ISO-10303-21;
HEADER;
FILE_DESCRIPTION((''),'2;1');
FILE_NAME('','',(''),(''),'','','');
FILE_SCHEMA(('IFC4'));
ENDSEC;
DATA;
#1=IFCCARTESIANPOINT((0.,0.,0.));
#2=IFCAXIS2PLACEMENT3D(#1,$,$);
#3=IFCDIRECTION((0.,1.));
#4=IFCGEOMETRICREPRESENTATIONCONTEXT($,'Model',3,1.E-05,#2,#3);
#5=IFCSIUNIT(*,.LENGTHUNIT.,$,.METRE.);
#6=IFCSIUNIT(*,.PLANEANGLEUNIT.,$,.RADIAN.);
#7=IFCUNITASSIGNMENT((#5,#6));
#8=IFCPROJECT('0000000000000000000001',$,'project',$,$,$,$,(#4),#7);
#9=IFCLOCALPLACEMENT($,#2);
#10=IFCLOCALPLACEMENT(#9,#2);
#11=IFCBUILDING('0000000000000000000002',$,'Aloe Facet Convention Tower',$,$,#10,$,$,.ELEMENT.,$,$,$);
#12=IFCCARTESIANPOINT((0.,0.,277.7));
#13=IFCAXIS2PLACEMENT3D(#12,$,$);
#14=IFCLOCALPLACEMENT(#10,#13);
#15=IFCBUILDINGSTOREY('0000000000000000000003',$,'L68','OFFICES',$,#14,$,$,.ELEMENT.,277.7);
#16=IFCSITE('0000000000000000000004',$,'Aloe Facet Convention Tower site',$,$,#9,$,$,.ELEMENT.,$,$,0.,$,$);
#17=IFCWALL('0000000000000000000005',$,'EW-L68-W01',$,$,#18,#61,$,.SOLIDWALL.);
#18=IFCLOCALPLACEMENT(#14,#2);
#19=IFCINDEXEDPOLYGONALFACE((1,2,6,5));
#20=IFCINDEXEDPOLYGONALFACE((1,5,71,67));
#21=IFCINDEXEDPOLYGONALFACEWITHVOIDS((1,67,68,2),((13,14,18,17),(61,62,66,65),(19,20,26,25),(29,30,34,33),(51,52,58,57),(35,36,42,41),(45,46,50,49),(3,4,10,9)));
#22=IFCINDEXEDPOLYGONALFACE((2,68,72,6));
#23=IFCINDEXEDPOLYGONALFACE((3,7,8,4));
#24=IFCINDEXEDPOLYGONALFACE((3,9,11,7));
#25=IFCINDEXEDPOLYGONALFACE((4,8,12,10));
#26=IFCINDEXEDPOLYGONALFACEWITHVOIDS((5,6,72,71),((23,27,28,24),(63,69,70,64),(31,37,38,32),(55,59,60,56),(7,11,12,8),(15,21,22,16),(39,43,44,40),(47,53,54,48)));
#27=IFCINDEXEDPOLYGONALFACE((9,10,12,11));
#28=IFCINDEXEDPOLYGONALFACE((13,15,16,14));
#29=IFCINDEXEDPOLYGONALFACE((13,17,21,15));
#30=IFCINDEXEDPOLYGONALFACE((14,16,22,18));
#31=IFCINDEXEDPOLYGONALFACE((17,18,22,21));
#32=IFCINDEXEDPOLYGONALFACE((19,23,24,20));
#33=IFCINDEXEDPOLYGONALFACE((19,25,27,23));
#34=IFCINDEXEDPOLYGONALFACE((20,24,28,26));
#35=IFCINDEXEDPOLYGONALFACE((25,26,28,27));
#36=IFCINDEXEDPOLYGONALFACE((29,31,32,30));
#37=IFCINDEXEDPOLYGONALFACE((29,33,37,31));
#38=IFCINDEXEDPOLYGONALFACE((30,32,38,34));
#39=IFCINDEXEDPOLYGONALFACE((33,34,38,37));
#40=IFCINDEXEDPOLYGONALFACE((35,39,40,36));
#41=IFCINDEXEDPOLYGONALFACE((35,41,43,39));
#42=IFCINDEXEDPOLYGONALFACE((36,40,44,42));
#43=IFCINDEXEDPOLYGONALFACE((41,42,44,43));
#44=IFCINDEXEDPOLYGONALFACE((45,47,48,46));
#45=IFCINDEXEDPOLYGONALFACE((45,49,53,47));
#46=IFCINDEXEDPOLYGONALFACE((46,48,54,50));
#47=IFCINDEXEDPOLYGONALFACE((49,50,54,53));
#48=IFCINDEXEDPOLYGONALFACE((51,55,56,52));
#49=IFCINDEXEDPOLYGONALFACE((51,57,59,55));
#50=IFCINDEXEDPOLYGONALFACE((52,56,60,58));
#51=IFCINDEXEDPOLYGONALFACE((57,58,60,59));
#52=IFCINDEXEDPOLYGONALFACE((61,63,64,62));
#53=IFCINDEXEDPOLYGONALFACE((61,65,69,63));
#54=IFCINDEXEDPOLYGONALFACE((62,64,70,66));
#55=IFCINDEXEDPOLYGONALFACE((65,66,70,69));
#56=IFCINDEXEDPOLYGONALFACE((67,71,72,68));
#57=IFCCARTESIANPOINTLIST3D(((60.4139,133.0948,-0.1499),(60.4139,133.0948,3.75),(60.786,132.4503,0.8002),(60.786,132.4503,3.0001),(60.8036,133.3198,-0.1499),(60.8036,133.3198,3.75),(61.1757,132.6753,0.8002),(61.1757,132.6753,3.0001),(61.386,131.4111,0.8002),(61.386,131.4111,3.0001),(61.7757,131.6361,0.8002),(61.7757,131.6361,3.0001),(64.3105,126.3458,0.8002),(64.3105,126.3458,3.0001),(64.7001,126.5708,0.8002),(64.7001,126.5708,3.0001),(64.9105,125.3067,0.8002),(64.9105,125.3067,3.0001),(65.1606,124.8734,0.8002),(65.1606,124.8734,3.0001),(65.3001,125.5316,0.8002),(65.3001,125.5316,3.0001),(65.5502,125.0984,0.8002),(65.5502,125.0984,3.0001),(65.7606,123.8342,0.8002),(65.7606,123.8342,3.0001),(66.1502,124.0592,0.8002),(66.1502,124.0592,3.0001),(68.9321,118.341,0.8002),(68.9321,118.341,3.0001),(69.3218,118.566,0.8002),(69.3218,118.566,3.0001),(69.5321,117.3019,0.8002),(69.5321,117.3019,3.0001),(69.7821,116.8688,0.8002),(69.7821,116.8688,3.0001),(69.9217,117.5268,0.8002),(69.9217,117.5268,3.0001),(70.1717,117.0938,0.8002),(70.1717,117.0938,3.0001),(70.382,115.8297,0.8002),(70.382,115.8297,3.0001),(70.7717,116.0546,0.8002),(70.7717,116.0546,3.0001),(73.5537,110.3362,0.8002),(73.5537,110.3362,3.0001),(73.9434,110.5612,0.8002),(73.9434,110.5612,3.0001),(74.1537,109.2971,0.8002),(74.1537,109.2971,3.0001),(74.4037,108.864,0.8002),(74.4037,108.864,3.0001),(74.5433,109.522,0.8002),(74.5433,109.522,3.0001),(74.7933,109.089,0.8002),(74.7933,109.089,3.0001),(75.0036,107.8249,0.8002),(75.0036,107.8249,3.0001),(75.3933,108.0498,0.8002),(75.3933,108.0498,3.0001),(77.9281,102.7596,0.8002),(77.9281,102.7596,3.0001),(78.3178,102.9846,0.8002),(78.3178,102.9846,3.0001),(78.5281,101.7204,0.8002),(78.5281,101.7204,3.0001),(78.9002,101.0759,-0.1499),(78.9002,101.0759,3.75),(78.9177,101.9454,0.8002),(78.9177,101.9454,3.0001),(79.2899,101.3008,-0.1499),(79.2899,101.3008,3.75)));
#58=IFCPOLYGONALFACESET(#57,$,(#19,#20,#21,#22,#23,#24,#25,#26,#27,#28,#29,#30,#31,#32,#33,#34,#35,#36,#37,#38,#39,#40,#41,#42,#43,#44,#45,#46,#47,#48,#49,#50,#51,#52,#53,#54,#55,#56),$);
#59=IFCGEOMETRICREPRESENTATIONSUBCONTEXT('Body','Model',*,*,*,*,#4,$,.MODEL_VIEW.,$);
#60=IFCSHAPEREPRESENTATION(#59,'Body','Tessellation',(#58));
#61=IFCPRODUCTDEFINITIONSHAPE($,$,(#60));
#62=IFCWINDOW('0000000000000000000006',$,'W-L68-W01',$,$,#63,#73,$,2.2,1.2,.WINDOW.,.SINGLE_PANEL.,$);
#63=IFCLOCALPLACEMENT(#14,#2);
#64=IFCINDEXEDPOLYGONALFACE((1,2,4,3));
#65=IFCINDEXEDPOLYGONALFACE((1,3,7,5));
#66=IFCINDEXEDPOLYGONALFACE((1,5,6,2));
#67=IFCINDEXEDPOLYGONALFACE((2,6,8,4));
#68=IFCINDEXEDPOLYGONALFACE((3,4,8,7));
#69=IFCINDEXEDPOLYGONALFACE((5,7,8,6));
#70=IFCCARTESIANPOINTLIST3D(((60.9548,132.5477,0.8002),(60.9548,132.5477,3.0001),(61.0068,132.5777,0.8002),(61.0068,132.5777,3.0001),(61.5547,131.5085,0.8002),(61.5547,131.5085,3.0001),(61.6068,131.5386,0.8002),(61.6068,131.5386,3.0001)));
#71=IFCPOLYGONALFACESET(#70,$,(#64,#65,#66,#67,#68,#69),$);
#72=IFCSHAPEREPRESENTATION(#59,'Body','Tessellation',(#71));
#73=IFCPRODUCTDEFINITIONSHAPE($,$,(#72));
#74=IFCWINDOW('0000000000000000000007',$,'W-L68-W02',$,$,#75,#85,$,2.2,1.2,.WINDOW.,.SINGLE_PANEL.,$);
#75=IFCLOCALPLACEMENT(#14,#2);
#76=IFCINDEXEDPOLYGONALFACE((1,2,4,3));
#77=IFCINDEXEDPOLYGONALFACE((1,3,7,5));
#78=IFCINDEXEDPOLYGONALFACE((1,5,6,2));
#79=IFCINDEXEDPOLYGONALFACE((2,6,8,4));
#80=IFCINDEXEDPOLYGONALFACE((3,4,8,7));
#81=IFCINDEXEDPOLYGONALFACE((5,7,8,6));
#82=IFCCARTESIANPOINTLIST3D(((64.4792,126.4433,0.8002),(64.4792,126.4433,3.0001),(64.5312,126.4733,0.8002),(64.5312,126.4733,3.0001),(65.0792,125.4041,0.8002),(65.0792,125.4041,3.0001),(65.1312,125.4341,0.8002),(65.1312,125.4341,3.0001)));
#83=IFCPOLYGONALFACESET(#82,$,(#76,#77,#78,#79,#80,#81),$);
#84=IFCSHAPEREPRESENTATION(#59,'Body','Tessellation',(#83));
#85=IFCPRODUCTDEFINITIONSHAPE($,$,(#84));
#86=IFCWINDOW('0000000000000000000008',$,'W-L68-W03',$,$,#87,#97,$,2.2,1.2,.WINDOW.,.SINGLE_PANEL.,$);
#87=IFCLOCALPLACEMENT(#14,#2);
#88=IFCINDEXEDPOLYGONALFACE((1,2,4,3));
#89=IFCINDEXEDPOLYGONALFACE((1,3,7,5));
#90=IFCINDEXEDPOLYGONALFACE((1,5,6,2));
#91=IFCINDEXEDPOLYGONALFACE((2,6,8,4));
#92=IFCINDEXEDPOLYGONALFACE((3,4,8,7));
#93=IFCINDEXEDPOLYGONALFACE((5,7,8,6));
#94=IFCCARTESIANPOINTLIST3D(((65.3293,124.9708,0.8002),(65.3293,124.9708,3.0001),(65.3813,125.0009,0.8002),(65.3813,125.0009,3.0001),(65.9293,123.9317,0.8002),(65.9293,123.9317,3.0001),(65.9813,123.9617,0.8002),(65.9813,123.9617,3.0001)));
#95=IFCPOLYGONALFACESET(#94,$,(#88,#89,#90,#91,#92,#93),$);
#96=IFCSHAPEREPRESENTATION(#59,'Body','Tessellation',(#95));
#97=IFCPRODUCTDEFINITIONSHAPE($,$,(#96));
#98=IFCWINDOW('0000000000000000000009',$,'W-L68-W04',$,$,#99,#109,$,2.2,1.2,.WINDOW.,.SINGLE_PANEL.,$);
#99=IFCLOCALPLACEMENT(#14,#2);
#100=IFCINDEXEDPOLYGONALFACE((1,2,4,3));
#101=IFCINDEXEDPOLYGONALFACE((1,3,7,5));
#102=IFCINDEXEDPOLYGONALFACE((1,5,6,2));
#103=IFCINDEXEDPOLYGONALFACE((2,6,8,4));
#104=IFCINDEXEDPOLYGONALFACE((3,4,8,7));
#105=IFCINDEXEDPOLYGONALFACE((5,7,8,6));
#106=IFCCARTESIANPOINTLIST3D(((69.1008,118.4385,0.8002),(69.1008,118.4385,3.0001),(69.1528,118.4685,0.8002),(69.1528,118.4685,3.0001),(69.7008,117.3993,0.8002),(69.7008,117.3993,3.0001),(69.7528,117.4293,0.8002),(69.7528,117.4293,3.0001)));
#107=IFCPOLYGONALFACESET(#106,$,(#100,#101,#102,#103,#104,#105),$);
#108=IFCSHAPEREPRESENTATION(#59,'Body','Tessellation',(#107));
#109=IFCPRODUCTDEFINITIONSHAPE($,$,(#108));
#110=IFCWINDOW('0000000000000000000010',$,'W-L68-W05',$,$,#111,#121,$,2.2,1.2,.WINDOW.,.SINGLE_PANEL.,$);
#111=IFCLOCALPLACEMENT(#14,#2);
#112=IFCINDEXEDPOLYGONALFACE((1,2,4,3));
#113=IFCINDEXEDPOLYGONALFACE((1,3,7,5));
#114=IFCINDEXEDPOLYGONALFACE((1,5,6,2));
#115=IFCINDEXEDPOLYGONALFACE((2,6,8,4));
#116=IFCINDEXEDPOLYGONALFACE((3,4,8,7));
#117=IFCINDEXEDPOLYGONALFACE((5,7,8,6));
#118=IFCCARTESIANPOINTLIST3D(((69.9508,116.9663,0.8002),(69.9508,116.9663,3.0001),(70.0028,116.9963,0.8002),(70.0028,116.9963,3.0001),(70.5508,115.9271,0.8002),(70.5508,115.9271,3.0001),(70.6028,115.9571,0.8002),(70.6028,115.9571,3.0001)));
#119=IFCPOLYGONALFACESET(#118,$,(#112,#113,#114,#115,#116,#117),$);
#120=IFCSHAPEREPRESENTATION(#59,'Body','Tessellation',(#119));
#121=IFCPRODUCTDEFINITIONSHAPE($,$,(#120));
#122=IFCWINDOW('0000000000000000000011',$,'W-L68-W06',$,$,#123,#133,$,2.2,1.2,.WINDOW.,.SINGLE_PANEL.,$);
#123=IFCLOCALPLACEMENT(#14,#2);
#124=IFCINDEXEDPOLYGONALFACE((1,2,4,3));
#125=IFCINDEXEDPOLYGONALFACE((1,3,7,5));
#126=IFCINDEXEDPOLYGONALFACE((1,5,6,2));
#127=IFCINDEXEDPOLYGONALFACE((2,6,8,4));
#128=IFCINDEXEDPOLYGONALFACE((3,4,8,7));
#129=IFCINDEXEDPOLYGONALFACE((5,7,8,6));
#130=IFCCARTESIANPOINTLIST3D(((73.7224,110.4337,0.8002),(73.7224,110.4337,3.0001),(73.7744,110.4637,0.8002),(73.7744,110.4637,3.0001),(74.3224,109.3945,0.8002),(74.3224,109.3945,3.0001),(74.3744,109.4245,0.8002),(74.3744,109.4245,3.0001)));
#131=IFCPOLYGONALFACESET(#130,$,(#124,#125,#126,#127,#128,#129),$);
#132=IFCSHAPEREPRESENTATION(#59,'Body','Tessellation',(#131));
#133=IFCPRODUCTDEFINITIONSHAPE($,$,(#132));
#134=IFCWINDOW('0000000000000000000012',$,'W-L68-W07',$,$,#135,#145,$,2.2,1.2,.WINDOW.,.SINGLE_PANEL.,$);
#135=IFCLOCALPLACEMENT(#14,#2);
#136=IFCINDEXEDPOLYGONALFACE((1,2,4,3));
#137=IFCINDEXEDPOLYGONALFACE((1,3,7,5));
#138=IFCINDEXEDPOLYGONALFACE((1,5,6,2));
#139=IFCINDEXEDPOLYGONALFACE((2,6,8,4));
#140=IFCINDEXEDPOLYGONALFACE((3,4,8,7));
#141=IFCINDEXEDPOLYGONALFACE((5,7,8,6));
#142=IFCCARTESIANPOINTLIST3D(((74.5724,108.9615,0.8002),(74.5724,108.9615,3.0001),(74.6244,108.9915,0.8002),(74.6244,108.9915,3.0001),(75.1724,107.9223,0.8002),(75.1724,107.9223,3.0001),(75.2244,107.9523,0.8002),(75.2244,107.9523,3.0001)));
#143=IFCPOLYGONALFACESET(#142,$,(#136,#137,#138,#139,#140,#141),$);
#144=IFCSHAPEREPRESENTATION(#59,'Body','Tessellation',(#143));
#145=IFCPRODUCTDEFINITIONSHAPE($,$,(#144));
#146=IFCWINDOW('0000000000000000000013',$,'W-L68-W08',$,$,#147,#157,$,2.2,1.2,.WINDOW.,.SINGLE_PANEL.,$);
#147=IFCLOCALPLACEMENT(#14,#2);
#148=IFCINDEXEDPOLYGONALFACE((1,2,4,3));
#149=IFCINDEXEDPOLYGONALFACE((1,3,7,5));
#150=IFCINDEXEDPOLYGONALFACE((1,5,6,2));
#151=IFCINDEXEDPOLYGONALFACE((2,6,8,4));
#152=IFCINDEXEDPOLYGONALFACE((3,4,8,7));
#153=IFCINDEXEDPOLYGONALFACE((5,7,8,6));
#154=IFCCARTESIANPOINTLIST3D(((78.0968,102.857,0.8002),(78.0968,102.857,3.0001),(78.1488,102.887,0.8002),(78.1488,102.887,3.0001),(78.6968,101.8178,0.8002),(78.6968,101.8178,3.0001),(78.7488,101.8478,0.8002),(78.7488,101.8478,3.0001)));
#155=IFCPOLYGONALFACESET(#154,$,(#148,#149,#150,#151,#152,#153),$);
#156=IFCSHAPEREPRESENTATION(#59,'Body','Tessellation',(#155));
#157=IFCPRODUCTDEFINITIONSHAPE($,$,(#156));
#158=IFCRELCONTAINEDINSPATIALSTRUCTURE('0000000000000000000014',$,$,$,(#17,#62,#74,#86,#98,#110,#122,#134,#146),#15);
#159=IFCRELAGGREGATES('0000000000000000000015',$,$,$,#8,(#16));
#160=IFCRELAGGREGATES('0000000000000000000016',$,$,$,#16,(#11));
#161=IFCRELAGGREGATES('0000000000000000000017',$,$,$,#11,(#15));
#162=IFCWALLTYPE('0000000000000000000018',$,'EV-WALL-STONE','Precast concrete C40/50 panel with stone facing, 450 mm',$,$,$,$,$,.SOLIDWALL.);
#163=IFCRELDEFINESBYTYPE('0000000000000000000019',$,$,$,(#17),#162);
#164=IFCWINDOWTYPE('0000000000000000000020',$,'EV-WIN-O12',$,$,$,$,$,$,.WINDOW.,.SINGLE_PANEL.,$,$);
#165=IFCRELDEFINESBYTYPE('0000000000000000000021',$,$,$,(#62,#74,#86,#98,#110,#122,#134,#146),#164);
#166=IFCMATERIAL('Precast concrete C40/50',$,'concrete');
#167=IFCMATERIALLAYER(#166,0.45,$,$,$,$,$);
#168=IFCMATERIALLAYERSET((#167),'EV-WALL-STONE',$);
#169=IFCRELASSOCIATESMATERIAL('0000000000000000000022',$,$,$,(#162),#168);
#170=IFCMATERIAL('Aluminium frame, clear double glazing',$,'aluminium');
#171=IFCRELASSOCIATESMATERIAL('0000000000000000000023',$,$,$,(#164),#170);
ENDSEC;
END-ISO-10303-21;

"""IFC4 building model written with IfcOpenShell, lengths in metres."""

from ifc_helpers import new_model, si_unit, direction, frame, frame_2d, origin, place, context, subcontext, project, spatial, polyline, rectangle, outline, extrude, material, layer, layer_set, type_object, element, fill, save


model = new_model("IFC4")

# Units and contexts
model_context = context("Model", 3, precision=1e-05, world=origin(), true_north=direction((0.0, 1.0)))
body_context = subcontext(model_context, "Body", "Model", "MODEL_VIEW")
ifc_project = project(units=[si_unit("LENGTHUNIT", "METRE"), si_unit("PLANEANGLEUNIT", "RADIAN")], contexts=[model_context])

# Site, building, storey
site_placement = place(None, origin())
site = spatial("IfcSite", under=ifc_project, at=site_placement, Name="Aloe Facet Convention Tower site", CompositionType="ELEMENT", RefElevation=0.0)
building_placement = place(site_placement, origin())
building = spatial("IfcBuilding", under=site, at=building_placement, Name="Aloe Facet Convention Tower", CompositionType="ELEMENT")
storey_placement = place(building_placement, frame((0.0, 0.0, 277.7)))
storey = spatial("IfcBuildingStorey", under=building, at=storey_placement, Name="L68", Description="OFFICES", CompositionType="ELEMENT", Elevation=277.7)

# Wall, openings, windows
ifc_material_1 = material(Name="Precast concrete C40/50", Category="concrete")
ifc_layer_1 = layer(ifc_material_1, 0.45)
ifc_layer_set_1 = layer_set([ifc_layer_1], Name="EV-WALL-STONE")
wall_type_1 = type_object("IfcWallType", Name="EV-WALL-STONE", Description="Precast concrete C40/50 panel with stone facing, 450 mm", PredefinedType="SOLIDWALL", material=ifc_layer_set_1)
wall_1_placement = place(storey_placement, frame((60.6086, 133.2073, -0.1499), z_axis=(0.0, 0.0, 1.0), x_axis=(0.500003, -0.866024, 0.0)))
wall_1 = element("IfcWall", 1, at=wall_1_placement, inside=storey, type_object=wall_type_1, Name="EW-L68-W01", PredefinedType="SOLIDWALL", context=body_context, shape_type="SweptSolid", body=[
    extrude(outline(polyline([(36.9724, 0.0), (36.9724, 3.8999), (0.0, 3.8999), (0.0, 0.0), (36.9724, 0.0)])), frame((0.0, 0.2251, 0.0), z_axis=(0.0, -1.0, 0.0), x_axis=(1.0, 0.0, 0.0)), (0.0, 0.0, 1.0), 0.45),
])
opening_1_placement = place(wall_1_placement, frame((0.7441, 0.0, 0.95)))
opening_1 = element("IfcOpeningElement", 2, at=opening_1_placement, cuts=wall_1, PredefinedType="OPENING", context=body_context, shape_type="SweptSolid", body=[
    extrude(rectangle(XDim=1.2, YDim=2.2, at=frame_2d((0.6001, 1.1001))), frame((0.0, 0.2349, 0.0), z_axis=(0.0, -1.0, 0.0), x_axis=(1.0, 0.0, 0.0)), (0.0, 0.0, 1.0), 0.47),
])
opening_2_placement = place(wall_1_placement, frame((7.793, 0.0, 0.95)))
opening_2 = element("IfcOpeningElement", 3, at=opening_2_placement, cuts=wall_1, PredefinedType="OPENING", context=body_context, shape_type="SweptSolid", body=[
    extrude(rectangle(XDim=1.2, YDim=2.2, at=frame_2d((0.6001, 1.1001))), frame((0.0, 0.2349, 0.0), z_axis=(0.0, -1.0, 0.0), x_axis=(1.0, 0.0, 0.0)), (0.0, 0.0, 1.0), 0.47),
])
opening_3_placement = place(wall_1_placement, frame((9.4932, 0.0, 0.95)))
opening_3 = element("IfcOpeningElement", 4, at=opening_3_placement, cuts=wall_1, PredefinedType="OPENING", context=body_context, shape_type="SweptSolid", body=[
    extrude(rectangle(XDim=1.2, YDim=2.2, at=frame_2d((0.6001, 1.1001))), frame((0.0, 0.2349, 0.0), z_axis=(0.0, -1.0, 0.0), x_axis=(1.0, 0.0, 0.0)), (0.0, 0.0, 1.0), 0.47),
])
opening_4_placement = place(wall_1_placement, frame((17.0361, 0.0, 0.95)))
opening_4 = element("IfcOpeningElement", 5, at=opening_4_placement, cuts=wall_1, PredefinedType="OPENING", context=body_context, shape_type="SweptSolid", body=[
    extrude(rectangle(XDim=1.2, YDim=2.2, at=frame_2d((0.6001, 1.1001))), frame((0.0, 0.2349, 0.0), z_axis=(0.0, -1.0, 0.0), x_axis=(1.0, 0.0, 0.0)), (0.0, 0.0, 1.0), 0.47),
])
opening_5_placement = place(wall_1_placement, frame((18.7361, 0.0, 0.95)))
opening_5 = element("IfcOpeningElement", 6, at=opening_5_placement, cuts=wall_1, PredefinedType="OPENING", context=body_context, shape_type="SweptSolid", body=[
    extrude(rectangle(XDim=1.2, YDim=2.2, at=frame_2d((0.6001, 1.1001))), frame((0.0, 0.2349, 0.0), z_axis=(0.0, -1.0, 0.0), x_axis=(1.0, 0.0, 0.0)), (0.0, 0.0, 1.0), 0.47),
])
opening_6_placement = place(wall_1_placement, frame((26.2793, 0.0, 0.95)))
opening_6 = element("IfcOpeningElement", 7, at=opening_6_placement, cuts=wall_1, PredefinedType="OPENING", context=body_context, shape_type="SweptSolid", body=[
    extrude(rectangle(XDim=1.2, YDim=2.2, at=frame_2d((0.6001, 1.1001))), frame((0.0, 0.2349, 0.0), z_axis=(0.0, -1.0, 0.0), x_axis=(1.0, 0.0, 0.0)), (0.0, 0.0, 1.0), 0.47),
])
opening_7_placement = place(wall_1_placement, frame((27.9792, 0.0, 0.95)))
opening_7 = element("IfcOpeningElement", 8, at=opening_7_placement, cuts=wall_1, PredefinedType="OPENING", context=body_context, shape_type="SweptSolid", body=[
    extrude(rectangle(XDim=1.2, YDim=2.2, at=frame_2d((0.6001, 1.1001))), frame((0.0, 0.2349, 0.0), z_axis=(0.0, -1.0, 0.0), x_axis=(1.0, 0.0, 0.0)), (0.0, 0.0, 1.0), 0.47),
])
opening_8_placement = place(wall_1_placement, frame((35.0281, 0.0, 0.95)))
opening_8 = element("IfcOpeningElement", 9, at=opening_8_placement, cuts=wall_1, PredefinedType="OPENING", context=body_context, shape_type="SweptSolid", body=[
    extrude(rectangle(XDim=1.2, YDim=2.2, at=frame_2d((0.6001, 1.1001))), frame((0.0, 0.2349, 0.0), z_axis=(0.0, -1.0, 0.0), x_axis=(1.0, 0.0, 0.0)), (0.0, 0.0, 1.0), 0.47),
])
ifc_material_2 = material(Name="Aluminium frame, clear double glazing", Category="aluminium")
window_type = type_object("IfcWindowType", Name="EV-WIN-O12", PartitioningType="SINGLE_PANEL", PredefinedType="WINDOW", material=ifc_material_2)
window_1_placement = place(opening_1_placement, origin())
window_1 = element("IfcWindow", 10, at=window_1_placement, inside=storey, type_object=window_type, Name="W-L68-W01", OverallHeight=2.2, OverallWidth=1.2, PartitioningType="SINGLE_PANEL", PredefinedType="WINDOW", context=body_context, shape_type="SweptSolid", body=[
    extrude(rectangle(XDim=1.2, YDim=2.2, at=frame_2d((0.6001, 1.1001))), frame((0.0, 0.03, 0.0), z_axis=(0.0, -1.0, 0.0), x_axis=(1.0, 0.0, 0.0)), (0.0, 0.0, 1.0), 0.0601),
])
fill(opening_1, window_1)
window_2_placement = place(opening_2_placement, origin())
window_2 = element("IfcWindow", 11, at=window_2_placement, inside=storey, type_object=window_type, Name="W-L68-W02", OverallHeight=2.2, OverallWidth=1.2, PartitioningType="SINGLE_PANEL", PredefinedType="WINDOW", context=body_context, shape_type="SweptSolid", body=[
    extrude(rectangle(XDim=1.2, YDim=2.2, at=frame_2d((0.6001, 1.1001))), frame((0.0, 0.03, 0.0), z_axis=(0.0, -1.0, 0.0), x_axis=(1.0, 0.0, 0.0)), (0.0, 0.0, 1.0), 0.0601),
])
fill(opening_2, window_2)
window_3_placement = place(opening_3_placement, origin())
window_3 = element("IfcWindow", 12, at=window_3_placement, inside=storey, type_object=window_type, Name="W-L68-W03", OverallHeight=2.2, OverallWidth=1.2, PartitioningType="SINGLE_PANEL", PredefinedType="WINDOW", context=body_context, shape_type="SweptSolid", body=[
    extrude(rectangle(XDim=1.2, YDim=2.2, at=frame_2d((0.6001, 1.1001))), frame((0.0, 0.03, 0.0), z_axis=(0.0, -1.0, 0.0), x_axis=(1.0, 0.0, 0.0)), (0.0, 0.0, 1.0), 0.0601),
])
fill(opening_3, window_3)
window_4_placement = place(opening_4_placement, origin())
window_4 = element("IfcWindow", 13, at=window_4_placement, inside=storey, type_object=window_type, Name="W-L68-W04", OverallHeight=2.2, OverallWidth=1.2, PartitioningType="SINGLE_PANEL", PredefinedType="WINDOW", context=body_context, shape_type="SweptSolid", body=[
    extrude(rectangle(XDim=1.2, YDim=2.2, at=frame_2d((0.6001, 1.1001))), frame((0.0, 0.03, 0.0), z_axis=(0.0, -1.0, 0.0), x_axis=(1.0, 0.0, 0.0)), (0.0, 0.0, 1.0), 0.0601),
])
fill(opening_4, window_4)
window_5_placement = place(opening_5_placement, origin())
window_5 = element("IfcWindow", 14, at=window_5_placement, inside=storey, type_object=window_type, Name="W-L68-W05", OverallHeight=2.2, OverallWidth=1.2, PartitioningType="SINGLE_PANEL", PredefinedType="WINDOW", context=body_context, shape_type="SweptSolid", body=[
    extrude(rectangle(XDim=1.2, YDim=2.2, at=frame_2d((0.6001, 1.1001))), frame((0.0, 0.03, 0.0), z_axis=(0.0, -1.0, 0.0), x_axis=(1.0, 0.0, 0.0)), (0.0, 0.0, 1.0), 0.0601),
])
fill(opening_5, window_5)
window_6_placement = place(opening_6_placement, origin())
window_6 = element("IfcWindow", 15, at=window_6_placement, inside=storey, type_object=window_type, Name="W-L68-W06", OverallHeight=2.2, OverallWidth=1.2, PartitioningType="SINGLE_PANEL", PredefinedType="WINDOW", context=body_context, shape_type="SweptSolid", body=[
    extrude(rectangle(XDim=1.2, YDim=2.2, at=frame_2d((0.6001, 1.1001))), frame((0.0, 0.03, 0.0), z_axis=(0.0, -1.0, 0.0), x_axis=(1.0, 0.0, 0.0)), (0.0, 0.0, 1.0), 0.0601),
])
fill(opening_6, window_6)
window_7_placement = place(opening_7_placement, origin())
window_7 = element("IfcWindow", 16, at=window_7_placement, inside=storey, type_object=window_type, Name="W-L68-W07", OverallHeight=2.2, OverallWidth=1.2, PartitioningType="SINGLE_PANEL", PredefinedType="WINDOW", context=body_context, shape_type="SweptSolid", body=[
    extrude(rectangle(XDim=1.2, YDim=2.2, at=frame_2d((0.6001, 1.1001))), frame((0.0, 0.03, 0.0), z_axis=(0.0, -1.0, 0.0), x_axis=(1.0, 0.0, 0.0)), (0.0, 0.0, 1.0), 0.0601),
])
fill(opening_7, window_7)
window_8_placement = place(opening_8_placement, origin())
window_8 = element("IfcWindow", 17, at=window_8_placement, inside=storey, type_object=window_type, Name="W-L68-W08", OverallHeight=2.2, OverallWidth=1.2, PartitioningType="SINGLE_PANEL", PredefinedType="WINDOW", context=body_context, shape_type="SweptSolid", body=[
    extrude(rectangle(XDim=1.2, YDim=2.2, at=frame_2d((0.6001, 1.1001))), frame((0.0, 0.03, 0.0), z_axis=(0.0, -1.0, 0.0), x_axis=(1.0, 0.0, 0.0)), (0.0, 0.0, 1.0), 0.0601),
])
fill(opening_8, window_8)

save(model, "model.ifc")
